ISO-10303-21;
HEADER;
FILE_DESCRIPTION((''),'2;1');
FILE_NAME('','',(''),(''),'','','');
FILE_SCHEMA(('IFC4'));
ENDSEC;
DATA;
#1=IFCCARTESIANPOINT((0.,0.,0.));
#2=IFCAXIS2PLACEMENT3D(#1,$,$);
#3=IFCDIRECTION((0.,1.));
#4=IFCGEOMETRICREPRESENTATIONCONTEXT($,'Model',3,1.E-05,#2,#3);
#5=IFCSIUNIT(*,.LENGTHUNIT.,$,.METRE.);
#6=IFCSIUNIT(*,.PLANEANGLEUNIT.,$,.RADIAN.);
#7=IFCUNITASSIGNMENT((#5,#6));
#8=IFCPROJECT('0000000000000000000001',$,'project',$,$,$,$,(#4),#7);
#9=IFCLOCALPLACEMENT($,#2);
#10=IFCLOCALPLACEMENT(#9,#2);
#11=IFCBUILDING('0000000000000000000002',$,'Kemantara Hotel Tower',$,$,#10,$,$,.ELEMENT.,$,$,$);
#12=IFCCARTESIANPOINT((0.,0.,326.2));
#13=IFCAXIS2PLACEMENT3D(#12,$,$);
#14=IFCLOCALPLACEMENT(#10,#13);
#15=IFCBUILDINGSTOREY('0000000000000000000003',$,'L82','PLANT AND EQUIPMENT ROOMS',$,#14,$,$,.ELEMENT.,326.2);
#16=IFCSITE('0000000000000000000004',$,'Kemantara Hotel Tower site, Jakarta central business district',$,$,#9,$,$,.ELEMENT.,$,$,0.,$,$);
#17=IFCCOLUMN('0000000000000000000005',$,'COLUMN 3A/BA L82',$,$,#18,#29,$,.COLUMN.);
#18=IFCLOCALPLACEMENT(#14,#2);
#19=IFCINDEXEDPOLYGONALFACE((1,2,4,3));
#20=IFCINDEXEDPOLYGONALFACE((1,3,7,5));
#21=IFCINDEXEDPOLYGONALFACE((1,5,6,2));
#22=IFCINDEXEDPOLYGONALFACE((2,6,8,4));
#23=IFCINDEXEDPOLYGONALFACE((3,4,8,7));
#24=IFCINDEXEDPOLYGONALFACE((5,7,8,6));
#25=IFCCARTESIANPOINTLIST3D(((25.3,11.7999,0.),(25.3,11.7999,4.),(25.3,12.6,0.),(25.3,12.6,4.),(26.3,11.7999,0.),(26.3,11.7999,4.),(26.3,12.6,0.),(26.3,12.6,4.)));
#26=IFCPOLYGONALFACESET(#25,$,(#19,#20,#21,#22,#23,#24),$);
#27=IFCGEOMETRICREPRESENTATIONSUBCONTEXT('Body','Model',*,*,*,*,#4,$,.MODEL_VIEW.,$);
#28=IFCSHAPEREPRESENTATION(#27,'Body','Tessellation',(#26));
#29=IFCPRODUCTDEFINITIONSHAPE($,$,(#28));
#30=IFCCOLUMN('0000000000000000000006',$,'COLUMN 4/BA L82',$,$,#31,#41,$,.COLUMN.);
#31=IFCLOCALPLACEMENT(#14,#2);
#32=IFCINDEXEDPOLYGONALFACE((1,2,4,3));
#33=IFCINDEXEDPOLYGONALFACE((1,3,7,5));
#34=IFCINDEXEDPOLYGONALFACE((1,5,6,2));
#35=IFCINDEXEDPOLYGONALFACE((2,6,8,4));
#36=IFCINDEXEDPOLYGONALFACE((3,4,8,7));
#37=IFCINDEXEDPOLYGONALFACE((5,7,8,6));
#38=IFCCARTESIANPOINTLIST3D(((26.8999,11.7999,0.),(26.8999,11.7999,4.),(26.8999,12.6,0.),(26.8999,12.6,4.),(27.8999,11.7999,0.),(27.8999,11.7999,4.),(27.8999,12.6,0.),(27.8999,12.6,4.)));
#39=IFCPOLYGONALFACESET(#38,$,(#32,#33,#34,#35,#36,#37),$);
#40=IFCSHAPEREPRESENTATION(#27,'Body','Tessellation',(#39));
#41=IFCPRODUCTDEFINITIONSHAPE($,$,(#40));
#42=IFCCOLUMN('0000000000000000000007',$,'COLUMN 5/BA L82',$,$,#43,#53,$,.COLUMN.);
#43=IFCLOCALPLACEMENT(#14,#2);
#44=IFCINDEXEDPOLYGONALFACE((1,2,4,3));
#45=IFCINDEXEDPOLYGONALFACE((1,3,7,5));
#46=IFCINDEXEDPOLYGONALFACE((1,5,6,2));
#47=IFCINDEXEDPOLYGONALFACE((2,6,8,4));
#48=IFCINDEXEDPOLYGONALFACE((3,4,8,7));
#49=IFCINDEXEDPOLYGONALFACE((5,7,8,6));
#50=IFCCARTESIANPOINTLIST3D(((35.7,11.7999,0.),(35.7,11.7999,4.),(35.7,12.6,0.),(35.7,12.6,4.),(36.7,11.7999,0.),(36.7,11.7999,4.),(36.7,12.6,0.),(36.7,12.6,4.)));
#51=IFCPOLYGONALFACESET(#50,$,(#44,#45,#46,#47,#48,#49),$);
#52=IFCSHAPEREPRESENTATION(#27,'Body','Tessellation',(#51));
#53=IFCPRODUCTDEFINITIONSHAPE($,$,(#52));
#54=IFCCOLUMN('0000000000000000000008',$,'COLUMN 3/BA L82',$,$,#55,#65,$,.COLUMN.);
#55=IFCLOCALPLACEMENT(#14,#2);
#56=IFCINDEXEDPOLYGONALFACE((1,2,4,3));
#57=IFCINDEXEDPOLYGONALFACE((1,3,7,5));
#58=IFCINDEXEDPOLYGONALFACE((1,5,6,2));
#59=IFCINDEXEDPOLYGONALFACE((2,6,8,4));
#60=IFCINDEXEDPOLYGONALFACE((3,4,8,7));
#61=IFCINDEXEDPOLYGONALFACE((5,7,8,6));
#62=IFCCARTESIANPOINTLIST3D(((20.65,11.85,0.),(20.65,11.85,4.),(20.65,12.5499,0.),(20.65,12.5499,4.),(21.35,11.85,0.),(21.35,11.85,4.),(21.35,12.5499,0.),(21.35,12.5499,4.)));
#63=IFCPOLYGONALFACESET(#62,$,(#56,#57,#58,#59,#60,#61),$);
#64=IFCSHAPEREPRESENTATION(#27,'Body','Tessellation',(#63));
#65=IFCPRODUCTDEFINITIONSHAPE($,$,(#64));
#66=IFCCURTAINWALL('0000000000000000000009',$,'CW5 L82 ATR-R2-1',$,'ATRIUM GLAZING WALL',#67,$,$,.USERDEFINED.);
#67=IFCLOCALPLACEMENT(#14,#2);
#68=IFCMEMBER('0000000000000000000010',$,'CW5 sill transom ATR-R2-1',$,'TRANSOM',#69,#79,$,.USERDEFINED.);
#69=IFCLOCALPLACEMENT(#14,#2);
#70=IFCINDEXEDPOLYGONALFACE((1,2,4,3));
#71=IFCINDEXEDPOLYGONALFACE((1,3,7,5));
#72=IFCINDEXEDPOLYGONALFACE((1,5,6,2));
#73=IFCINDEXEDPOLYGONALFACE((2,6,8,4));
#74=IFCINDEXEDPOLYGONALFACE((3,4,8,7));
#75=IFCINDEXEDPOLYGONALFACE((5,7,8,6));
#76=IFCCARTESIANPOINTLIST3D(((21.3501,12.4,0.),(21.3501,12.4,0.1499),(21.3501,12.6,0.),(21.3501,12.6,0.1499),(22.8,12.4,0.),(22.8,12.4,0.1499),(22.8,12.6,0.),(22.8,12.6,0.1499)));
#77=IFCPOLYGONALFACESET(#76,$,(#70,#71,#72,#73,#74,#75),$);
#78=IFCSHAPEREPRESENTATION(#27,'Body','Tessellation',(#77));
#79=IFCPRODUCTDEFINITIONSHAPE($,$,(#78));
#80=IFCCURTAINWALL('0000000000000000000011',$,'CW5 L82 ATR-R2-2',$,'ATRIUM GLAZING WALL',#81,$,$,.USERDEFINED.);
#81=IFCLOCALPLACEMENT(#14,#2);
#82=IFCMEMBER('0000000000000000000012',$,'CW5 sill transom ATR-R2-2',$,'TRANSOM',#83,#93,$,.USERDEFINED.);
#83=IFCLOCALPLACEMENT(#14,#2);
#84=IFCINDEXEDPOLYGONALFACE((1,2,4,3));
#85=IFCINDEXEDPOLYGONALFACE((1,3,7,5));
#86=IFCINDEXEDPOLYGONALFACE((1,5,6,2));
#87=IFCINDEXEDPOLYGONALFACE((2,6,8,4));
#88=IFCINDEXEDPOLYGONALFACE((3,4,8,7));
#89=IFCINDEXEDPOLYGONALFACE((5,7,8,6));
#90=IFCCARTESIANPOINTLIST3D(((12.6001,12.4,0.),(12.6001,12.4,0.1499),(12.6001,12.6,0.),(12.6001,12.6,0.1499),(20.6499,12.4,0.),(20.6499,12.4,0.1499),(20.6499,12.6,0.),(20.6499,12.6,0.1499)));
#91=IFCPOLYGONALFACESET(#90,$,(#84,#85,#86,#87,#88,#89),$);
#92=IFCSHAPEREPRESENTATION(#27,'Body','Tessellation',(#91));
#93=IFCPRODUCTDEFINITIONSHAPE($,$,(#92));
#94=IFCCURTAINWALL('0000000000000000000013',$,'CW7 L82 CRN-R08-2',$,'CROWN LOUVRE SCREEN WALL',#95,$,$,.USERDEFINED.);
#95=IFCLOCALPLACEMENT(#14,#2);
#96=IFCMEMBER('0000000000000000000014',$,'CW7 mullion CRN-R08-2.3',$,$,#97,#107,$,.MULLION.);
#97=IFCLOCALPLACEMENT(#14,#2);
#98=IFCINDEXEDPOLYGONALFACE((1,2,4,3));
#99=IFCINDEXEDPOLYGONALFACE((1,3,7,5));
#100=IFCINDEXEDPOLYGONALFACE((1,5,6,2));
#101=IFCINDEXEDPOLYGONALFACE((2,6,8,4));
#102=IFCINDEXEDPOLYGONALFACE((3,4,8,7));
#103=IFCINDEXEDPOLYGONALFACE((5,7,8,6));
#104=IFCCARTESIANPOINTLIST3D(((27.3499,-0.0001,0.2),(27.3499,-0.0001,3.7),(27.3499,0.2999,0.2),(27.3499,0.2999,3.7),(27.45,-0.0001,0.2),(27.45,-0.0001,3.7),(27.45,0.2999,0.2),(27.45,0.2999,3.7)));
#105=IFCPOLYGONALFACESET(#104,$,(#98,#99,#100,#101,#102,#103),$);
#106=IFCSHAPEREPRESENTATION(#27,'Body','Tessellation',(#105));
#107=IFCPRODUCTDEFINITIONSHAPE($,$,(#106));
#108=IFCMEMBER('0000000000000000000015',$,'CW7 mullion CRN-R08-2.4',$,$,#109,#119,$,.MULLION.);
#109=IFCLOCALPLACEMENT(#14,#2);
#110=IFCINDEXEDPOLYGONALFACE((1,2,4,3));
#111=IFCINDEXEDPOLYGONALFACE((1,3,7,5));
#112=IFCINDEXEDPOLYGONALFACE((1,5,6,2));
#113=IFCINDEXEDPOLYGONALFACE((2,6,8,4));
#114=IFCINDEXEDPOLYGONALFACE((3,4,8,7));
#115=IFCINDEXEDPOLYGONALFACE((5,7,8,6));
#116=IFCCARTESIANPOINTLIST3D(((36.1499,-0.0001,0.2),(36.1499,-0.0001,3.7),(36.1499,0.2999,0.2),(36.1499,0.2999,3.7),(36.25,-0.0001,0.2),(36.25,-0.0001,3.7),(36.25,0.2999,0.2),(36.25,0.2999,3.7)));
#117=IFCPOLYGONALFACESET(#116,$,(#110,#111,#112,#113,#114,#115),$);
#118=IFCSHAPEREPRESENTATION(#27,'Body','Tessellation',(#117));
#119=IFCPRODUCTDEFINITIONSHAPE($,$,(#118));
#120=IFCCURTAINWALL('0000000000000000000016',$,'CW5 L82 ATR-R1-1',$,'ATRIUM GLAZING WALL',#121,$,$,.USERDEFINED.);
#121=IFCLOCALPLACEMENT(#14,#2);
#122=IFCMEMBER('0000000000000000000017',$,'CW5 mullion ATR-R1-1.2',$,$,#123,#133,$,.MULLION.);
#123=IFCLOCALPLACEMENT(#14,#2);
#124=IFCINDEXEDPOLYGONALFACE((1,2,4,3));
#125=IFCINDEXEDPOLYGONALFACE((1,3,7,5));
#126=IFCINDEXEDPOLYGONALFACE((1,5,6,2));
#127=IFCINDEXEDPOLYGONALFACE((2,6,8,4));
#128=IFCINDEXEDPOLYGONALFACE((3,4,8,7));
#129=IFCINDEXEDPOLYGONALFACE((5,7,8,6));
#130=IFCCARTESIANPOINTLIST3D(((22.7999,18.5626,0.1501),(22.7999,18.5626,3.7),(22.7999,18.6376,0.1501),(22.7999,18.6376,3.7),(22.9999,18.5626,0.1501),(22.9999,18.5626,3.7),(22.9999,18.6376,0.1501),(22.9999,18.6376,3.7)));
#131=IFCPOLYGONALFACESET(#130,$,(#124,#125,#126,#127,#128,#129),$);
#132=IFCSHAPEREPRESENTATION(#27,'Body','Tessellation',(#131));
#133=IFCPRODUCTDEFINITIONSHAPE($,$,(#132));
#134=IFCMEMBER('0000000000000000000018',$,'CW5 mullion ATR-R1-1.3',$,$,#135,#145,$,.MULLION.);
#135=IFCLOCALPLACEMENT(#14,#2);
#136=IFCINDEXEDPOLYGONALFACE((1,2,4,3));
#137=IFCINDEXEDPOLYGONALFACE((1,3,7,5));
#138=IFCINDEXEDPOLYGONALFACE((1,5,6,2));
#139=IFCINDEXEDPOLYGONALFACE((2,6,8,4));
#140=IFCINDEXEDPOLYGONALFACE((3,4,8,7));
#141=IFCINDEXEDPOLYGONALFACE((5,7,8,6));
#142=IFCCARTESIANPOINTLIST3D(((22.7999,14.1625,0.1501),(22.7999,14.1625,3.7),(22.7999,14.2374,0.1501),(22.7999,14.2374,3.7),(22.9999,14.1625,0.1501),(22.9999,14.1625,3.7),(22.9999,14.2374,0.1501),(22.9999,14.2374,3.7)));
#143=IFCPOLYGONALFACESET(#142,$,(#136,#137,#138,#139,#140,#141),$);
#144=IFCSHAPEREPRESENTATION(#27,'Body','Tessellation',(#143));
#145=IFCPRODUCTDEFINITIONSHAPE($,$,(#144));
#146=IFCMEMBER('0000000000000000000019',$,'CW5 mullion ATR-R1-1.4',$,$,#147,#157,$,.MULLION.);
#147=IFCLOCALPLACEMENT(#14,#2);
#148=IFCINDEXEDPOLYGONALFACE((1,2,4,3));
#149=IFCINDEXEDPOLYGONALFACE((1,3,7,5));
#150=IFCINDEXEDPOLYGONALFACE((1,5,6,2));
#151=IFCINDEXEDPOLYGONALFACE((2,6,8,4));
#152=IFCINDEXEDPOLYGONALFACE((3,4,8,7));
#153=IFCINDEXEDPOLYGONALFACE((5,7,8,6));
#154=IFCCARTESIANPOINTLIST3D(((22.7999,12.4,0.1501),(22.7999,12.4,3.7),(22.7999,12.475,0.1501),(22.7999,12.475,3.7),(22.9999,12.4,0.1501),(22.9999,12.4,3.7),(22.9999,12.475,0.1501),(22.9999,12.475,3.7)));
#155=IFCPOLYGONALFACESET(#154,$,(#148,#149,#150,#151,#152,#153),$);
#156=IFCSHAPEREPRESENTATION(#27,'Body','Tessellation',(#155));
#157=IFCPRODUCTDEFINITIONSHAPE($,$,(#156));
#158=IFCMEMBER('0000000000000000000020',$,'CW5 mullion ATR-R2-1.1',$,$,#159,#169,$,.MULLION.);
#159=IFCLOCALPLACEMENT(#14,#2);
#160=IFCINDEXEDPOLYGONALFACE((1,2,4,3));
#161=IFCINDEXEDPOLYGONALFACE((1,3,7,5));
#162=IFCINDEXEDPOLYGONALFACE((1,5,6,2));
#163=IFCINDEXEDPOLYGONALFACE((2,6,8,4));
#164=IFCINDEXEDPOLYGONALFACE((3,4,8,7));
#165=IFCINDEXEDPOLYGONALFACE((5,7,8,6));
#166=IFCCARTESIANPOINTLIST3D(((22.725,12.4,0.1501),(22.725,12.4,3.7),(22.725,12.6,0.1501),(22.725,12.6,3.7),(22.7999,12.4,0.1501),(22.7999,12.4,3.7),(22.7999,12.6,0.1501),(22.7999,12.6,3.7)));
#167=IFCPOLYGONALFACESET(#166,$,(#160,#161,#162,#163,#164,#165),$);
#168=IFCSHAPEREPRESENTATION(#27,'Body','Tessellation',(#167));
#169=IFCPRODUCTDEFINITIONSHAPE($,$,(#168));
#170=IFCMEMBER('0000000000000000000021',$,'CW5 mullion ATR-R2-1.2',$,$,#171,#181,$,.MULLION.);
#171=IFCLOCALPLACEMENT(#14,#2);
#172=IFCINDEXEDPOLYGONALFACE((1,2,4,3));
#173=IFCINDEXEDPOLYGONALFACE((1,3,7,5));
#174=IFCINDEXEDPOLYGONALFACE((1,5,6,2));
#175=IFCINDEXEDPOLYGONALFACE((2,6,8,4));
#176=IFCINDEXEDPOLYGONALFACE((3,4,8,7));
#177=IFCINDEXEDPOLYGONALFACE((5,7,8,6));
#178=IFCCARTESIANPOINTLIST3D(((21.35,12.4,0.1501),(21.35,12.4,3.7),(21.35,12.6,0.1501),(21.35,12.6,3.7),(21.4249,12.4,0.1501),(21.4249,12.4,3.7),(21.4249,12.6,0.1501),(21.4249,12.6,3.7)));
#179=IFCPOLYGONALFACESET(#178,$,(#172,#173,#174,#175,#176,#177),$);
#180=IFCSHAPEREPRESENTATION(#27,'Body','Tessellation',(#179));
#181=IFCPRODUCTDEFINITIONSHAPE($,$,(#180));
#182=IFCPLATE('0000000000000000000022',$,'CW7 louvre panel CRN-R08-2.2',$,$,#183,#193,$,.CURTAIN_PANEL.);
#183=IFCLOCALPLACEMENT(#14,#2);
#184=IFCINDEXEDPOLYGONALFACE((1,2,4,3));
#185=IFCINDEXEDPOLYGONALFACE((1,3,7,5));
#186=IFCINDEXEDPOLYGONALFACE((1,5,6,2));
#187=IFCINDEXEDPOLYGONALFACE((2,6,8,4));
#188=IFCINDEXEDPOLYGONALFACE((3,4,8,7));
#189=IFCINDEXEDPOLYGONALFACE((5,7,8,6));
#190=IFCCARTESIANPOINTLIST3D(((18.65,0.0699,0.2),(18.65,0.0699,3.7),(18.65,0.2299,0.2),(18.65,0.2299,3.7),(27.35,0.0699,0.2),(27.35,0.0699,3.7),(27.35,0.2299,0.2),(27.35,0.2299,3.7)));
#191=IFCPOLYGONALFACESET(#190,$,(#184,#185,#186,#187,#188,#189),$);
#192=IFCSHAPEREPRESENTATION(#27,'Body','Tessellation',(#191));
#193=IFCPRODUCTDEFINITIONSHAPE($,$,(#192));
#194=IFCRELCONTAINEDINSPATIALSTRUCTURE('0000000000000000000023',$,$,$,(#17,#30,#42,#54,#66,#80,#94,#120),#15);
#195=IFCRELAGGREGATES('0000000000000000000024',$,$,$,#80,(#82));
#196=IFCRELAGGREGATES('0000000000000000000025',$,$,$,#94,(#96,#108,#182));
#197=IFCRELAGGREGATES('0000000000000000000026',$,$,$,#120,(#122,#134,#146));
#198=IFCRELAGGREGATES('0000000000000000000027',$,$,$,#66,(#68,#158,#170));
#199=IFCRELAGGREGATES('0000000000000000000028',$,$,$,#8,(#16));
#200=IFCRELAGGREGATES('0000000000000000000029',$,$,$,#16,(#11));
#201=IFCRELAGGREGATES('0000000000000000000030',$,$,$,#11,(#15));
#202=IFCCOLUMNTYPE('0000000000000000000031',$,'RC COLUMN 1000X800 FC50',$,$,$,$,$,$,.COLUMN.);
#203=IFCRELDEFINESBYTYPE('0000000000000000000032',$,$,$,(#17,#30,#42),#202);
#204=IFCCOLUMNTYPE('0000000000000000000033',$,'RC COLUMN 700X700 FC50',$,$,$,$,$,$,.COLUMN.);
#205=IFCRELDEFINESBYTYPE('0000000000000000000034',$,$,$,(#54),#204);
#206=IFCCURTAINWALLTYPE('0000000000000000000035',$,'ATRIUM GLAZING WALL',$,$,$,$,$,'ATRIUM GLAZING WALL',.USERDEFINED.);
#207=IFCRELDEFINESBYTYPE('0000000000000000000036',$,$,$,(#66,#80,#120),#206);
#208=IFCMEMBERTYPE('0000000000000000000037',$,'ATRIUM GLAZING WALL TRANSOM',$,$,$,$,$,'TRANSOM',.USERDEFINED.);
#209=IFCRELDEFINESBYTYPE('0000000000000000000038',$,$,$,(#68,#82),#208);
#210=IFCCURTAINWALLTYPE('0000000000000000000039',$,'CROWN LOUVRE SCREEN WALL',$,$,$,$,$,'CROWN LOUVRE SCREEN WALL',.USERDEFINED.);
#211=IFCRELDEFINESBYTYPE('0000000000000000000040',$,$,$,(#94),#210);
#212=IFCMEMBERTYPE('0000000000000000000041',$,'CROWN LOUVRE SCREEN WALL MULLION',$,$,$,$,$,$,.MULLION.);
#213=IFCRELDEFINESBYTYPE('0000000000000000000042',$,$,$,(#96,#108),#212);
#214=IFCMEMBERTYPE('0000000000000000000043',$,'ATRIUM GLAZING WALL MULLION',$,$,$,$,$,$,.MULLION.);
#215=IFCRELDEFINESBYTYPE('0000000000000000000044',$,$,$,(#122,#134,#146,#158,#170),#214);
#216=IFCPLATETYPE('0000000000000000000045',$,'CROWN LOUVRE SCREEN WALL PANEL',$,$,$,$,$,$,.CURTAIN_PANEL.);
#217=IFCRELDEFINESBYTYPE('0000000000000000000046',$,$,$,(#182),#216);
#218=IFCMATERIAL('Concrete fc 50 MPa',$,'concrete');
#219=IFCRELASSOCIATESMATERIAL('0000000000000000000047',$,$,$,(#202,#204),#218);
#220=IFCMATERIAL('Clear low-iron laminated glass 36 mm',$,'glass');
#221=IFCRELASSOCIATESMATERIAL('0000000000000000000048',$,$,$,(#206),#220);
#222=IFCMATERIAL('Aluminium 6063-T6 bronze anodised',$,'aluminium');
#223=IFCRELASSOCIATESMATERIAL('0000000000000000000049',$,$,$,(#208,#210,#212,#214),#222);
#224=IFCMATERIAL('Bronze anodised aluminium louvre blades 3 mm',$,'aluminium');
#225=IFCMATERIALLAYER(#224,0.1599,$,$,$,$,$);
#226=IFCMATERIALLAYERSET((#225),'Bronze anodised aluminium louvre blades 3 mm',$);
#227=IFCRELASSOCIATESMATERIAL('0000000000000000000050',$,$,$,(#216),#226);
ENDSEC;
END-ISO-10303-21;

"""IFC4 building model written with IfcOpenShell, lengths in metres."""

from ifc_helpers import new_model, si_unit, direction, frame, origin, origin_2d, place, context, subcontext, project, spatial, rectangle, extrude, source, transform, mapped, material, layer, layer_set, material_profile, profile_set, type_object, element, aggregate, save


model = new_model("IFC4")

# Units and contexts
model_context = context("Model", 3, precision=1e-05, world=origin(), true_north=direction((0.0, 1.0)))
body_context = subcontext(model_context, "Body", "Model", "MODEL_VIEW")
ifc_project = project(units=[si_unit("LENGTHUNIT", "METRE"), si_unit("PLANEANGLEUNIT", "RADIAN")], contexts=[model_context])

# Site, building, storey
site_placement = place(None, origin())
site = spatial("IfcSite", under=ifc_project, at=site_placement, Name="Kemantara Hotel Tower site, Jakarta central business district", CompositionType="ELEMENT", RefElevation=0.0)
building_placement = place(site_placement, origin())
building = spatial("IfcBuilding", under=site, at=building_placement, Name="Kemantara Hotel Tower", CompositionType="ELEMENT")
storey_placement = place(building_placement, frame((0.0, 0.0, 326.2)))
storey = spatial("IfcBuildingStorey", under=building, at=storey_placement, Name="L82", Description="PLANT AND EQUIPMENT ROOMS", CompositionType="ELEMENT", Elevation=326.2)

# Columns
ifc_material_1 = material(Name="Concrete fc 50 MPa", Category="concrete")
ifc_material_profile_1 = material_profile(ifc_material_1, rectangle(XDim=1.0, YDim=0.8, at=origin_2d()), Name="RC 1000X800")
ifc_profile_set_1 = profile_set([ifc_material_profile_1], Name="Concrete fc 50 MPa")
column_type_1 = type_object("IfcColumnType", Name="RC COLUMN 1000X800 FC50", PredefinedType="COLUMN", material=ifc_profile_set_1)
for number, where, z_axis, x_axis, name in (
    (1, (25.8, 12.2, 0.0), (0.0, 0.0, 1.0), (1.0, 0.0, 0.0), "COLUMN 3A/BA L82"),
    (2, (27.3999, 12.2, 0.0), (0.0, 0.0, 1.0), (1.0, 0.0, 0.0), "COLUMN 4/BA L82"),
    (3, (36.2, 12.2, 0.0), (0.0, 0.0, 1.0), (1.0, 0.0, 0.0), "COLUMN 5/BA L82"),
):
    element("IfcColumn", number, at=place(storey_placement, frame(where, z_axis=z_axis, x_axis=x_axis)), inside=storey, type_object=column_type_1, Name=name, PredefinedType="COLUMN", context=body_context, shape_type="SweptSolid", body=[
        extrude(rectangle(XDim=1.0, YDim=0.8, at=origin_2d()), origin(), (0.0, 0.0, 1.0), 4.0),
    ])
ifc_material_profile_2 = material_profile(ifc_material_1, rectangle(XDim=0.7, YDim=0.7, at=origin_2d()), Name="RC 700X700")
ifc_profile_set_2 = profile_set([ifc_material_profile_2], Name="Concrete fc 50 MPa")
column_type_2 = type_object("IfcColumnType", Name="RC COLUMN 700X700 FC50", PredefinedType="COLUMN", material=ifc_profile_set_2)
column_placement = place(storey_placement, frame((21.0, 12.2, 0.0), z_axis=(0.0, 0.0, 1.0), x_axis=(1.0, 0.0, 0.0)))
element("IfcColumn", 4, at=column_placement, inside=storey, type_object=column_type_2, Name="COLUMN 3/BA L82", PredefinedType="COLUMN", context=body_context, shape_type="SweptSolid", body=[
    extrude(rectangle(XDim=0.7, YDim=0.7, at=origin_2d()), origin(), (0.0, 0.0, 1.0), 4.0),
])

# Curtain walls, members
ifc_material_2 = material(Name="Clear low-iron laminated glass 36 mm", Category="glass")
curtain_wall_type_1 = type_object("IfcCurtainWallType", Name="ATRIUM GLAZING WALL", ElementType="ATRIUM GLAZING WALL", PredefinedType="USERDEFINED", material=ifc_material_2)
curtain_wall_1_placement = place(storey_placement, origin())
curtain_wall_1 = element("IfcCurtainWall", 5, at=curtain_wall_1_placement, inside=storey, type_object=curtain_wall_type_1, Name="CW5 L82 ATR-R2-1", ObjectType="ATRIUM GLAZING WALL", PredefinedType="USERDEFINED")
ifc_material_3 = material(Name="Aluminium 6063-T6 bronze anodised", Category="aluminium")
ifc_material_profile_3 = material_profile(ifc_material_3, rectangle(XDim=0.2, YDim=0.1499, at=origin_2d()), Name="ATRIUM GLAZING WALL TRANSOM")
ifc_profile_set_3 = profile_set([ifc_material_profile_3], Name="Aluminium 6063-T6 bronze anodised")
member_type_1 = type_object("IfcMemberType", Name="ATRIUM GLAZING WALL TRANSOM", ElementType="TRANSOM", PredefinedType="USERDEFINED", material=ifc_profile_set_3)
member_1_placement = place(storey_placement, frame((22.8, 12.5, 0.075), z_axis=(-1.0, 0.0, 0.0), x_axis=(0.0, -1.0, 0.0)))
member_1 = element("IfcMember", 6, at=member_1_placement, type_object=member_type_1, Name="CW5 sill transom ATR-R2-1", ObjectType="TRANSOM", PredefinedType="USERDEFINED", context=body_context, shape_type="SweptSolid", body=[
    extrude(rectangle(XDim=0.2, YDim=0.1499, at=origin_2d()), origin(), (0.0, 0.0, 1.0), 1.45),
])
curtain_wall_2_placement = place(storey_placement, origin())
curtain_wall_2 = element("IfcCurtainWall", 7, at=curtain_wall_2_placement, inside=storey, type_object=curtain_wall_type_1, Name="CW5 L82 ATR-R2-2", ObjectType="ATRIUM GLAZING WALL", PredefinedType="USERDEFINED")
member_2_placement = place(storey_placement, frame((20.6499, 12.5, 0.075), z_axis=(-1.0, 0.0, 0.0), x_axis=(0.0, -1.0, 0.0)))
member_2 = element("IfcMember", 8, at=member_2_placement, type_object=member_type_1, Name="CW5 sill transom ATR-R2-2", ObjectType="TRANSOM", PredefinedType="USERDEFINED", context=body_context, shape_type="SweptSolid", body=[
    extrude(rectangle(XDim=0.2, YDim=0.1499, at=origin_2d()), origin(), (0.0, 0.0, 1.0), 8.0498),
])
aggregate(curtain_wall_2, [member_2])

# Curtain walls, members
curtain_wall_type_2 = type_object("IfcCurtainWallType", Name="CROWN LOUVRE SCREEN WALL", ElementType="CROWN LOUVRE SCREEN WALL", PredefinedType="USERDEFINED", material=ifc_material_3)
curtain_wall_3_placement = place(storey_placement, origin())
curtain_wall_3 = element("IfcCurtainWall", 9, at=curtain_wall_3_placement, inside=storey, type_object=curtain_wall_type_2, Name="CW7 L82 CRN-R08-2", ObjectType="CROWN LOUVRE SCREEN WALL", PredefinedType="USERDEFINED")
ifc_material_profile_4 = material_profile(ifc_material_3, rectangle(XDim=0.3, YDim=0.1001, at=origin_2d()), Name="CROWN LOUVRE SCREEN WALL MULLION")
ifc_profile_set_4 = profile_set([ifc_material_profile_4], Name="Aluminium 6063-T6 bronze anodised")
member_type_2 = type_object("IfcMemberType", Name="CROWN LOUVRE SCREEN WALL MULLION", PredefinedType="MULLION", material=ifc_profile_set_4)
shared_shape_1 = source(origin(), body_context, "Body", "SweptSolid", [
    extrude(rectangle(XDim=0.3, YDim=0.1001, at=origin_2d()), origin(), (0.0, 0.0, 1.0), 3.5),
])
member_3_placement = place(storey_placement, frame((27.3999, 0.1499, 0.2), z_axis=(0.0, 0.0, 1.0), x_axis=(0.0, 1.0, 0.0)))
member_3 = element("IfcMember", 10, at=member_3_placement, type_object=member_type_2, Name="CW7 mullion CRN-R08-2.3", PredefinedType="MULLION", context=body_context, shape_type="MappedRepresentation", body=[
    mapped(shared_shape_1, transform((0.0, 0.0, 0.0))),
])
member_4_placement = place(storey_placement, frame((36.2, 0.1499, 0.2), z_axis=(0.0, 0.0, 1.0), x_axis=(0.0, 1.0, 0.0)))
member_4 = element("IfcMember", 11, at=member_4_placement, type_object=member_type_2, Name="CW7 mullion CRN-R08-2.4", PredefinedType="MULLION", context=body_context, shape_type="MappedRepresentation", body=[
    mapped(shared_shape_1, transform((0.0, 0.0, 0.0))),
])
curtain_wall_4_placement = place(storey_placement, origin())
curtain_wall_4 = element("IfcCurtainWall", 12, at=curtain_wall_4_placement, inside=storey, type_object=curtain_wall_type_1, Name="CW5 L82 ATR-R1-1", ObjectType="ATRIUM GLAZING WALL", PredefinedType="USERDEFINED")
ifc_material_profile_5 = material_profile(ifc_material_3, rectangle(XDim=0.2, YDim=0.075, at=origin_2d()), Name="ATRIUM GLAZING WALL MULLION")
ifc_profile_set_5 = profile_set([ifc_material_profile_5], Name="Aluminium 6063-T6 bronze anodised")
member_type_3 = type_object("IfcMemberType", Name="ATRIUM GLAZING WALL MULLION", PredefinedType="MULLION", material=ifc_profile_set_5)
shared_shape_2 = source(origin(), body_context, "Body", "SweptSolid", [
    extrude(rectangle(XDim=0.2, YDim=0.075, at=origin_2d()), origin(), (0.0, 0.0, 1.0), 3.5498),
])
member_5_placement = place(storey_placement, frame((22.8999, 18.6001, 0.1501), z_axis=(0.0, 0.0, 1.0), x_axis=(1.0, 0.0, 0.0)))
member_5 = element("IfcMember", 13, at=member_5_placement, type_object=member_type_3, Name="CW5 mullion ATR-R1-1.2", PredefinedType="MULLION", context=body_context, shape_type="MappedRepresentation", body=[
    mapped(shared_shape_2, transform((0.0, 0.0, 0.0))),
])
member_6_placement = place(storey_placement, frame((22.8999, 14.2, 0.1501), z_axis=(0.0, 0.0, 1.0), x_axis=(1.0, 0.0, 0.0)))
member_6 = element("IfcMember", 14, at=member_6_placement, type_object=member_type_3, Name="CW5 mullion ATR-R1-1.3", PredefinedType="MULLION", context=body_context, shape_type="MappedRepresentation", body=[
    mapped(shared_shape_2, transform((0.0, 0.0, 0.0))),
])
member_7_placement = place(storey_placement, frame((22.8999, 12.4375, 0.1501), z_axis=(0.0, 0.0, 1.0), x_axis=(1.0, 0.0, 0.0)))
member_7 = element("IfcMember", 15, at=member_7_placement, type_object=member_type_3, Name="CW5 mullion ATR-R1-1.4", PredefinedType="MULLION", context=body_context, shape_type="MappedRepresentation", body=[
    mapped(shared_shape_2, transform((0.0, 0.0, 0.0))),
])

# Members
member_8_placement = place(storey_placement, frame((22.7625, 12.5, 0.1501), z_axis=(0.0, 0.0, 1.0), x_axis=(0.0, -1.0, 0.0)))
member_8 = element("IfcMember", 16, at=member_8_placement, type_object=member_type_3, Name="CW5 mullion ATR-R2-1.1", PredefinedType="MULLION", context=body_context, shape_type="MappedRepresentation", body=[
    mapped(shared_shape_2, transform((0.0, 0.0, 0.0))),
])
member_9_placement = place(storey_placement, frame((21.3875, 12.5, 0.1501), z_axis=(0.0, 0.0, 1.0), x_axis=(0.0, -1.0, 0.0)))
member_9 = element("IfcMember", 17, at=member_9_placement, type_object=member_type_3, Name="CW5 mullion ATR-R2-1.2", PredefinedType="MULLION", context=body_context, shape_type="MappedRepresentation", body=[
    mapped(shared_shape_2, transform((0.0, 0.0, 0.0))),
])

# Plate
ifc_material_4 = material(Name="Bronze anodised aluminium louvre blades 3 mm", Category="aluminium")
ifc_layer_1 = layer(ifc_material_4, 0.1599)
ifc_layer_set_1 = layer_set([ifc_layer_1], Name="Bronze anodised aluminium louvre blades 3 mm")
plate_type_1 = type_object("IfcPlateType", Name="CROWN LOUVRE SCREEN WALL PANEL", PredefinedType="CURTAIN_PANEL", material=ifc_layer_set_1)
shared_shape_3 = source(origin(), body_context, "Body", "SweptSolid", [
    extrude(rectangle(XDim=8.7, YDim=0.1599, at=origin_2d()), origin(), (0.0, 0.0, 1.0), 3.5),
])
plate_1_placement = place(storey_placement, frame((23.0, 0.1499, 0.2), z_axis=(0.0, 0.0, 1.0), x_axis=(1.0, 0.0, 0.0)))
plate_1 = element("IfcPlate", 18, at=plate_1_placement, type_object=plate_type_1, Name="CW7 louvre panel CRN-R08-2.2", PredefinedType="CURTAIN_PANEL", context=body_context, shape_type="MappedRepresentation", body=[
    mapped(shared_shape_3, transform((0.0, 0.0, 0.0))),
])
aggregate(curtain_wall_3, [member_3, member_4, plate_1])
aggregate(curtain_wall_4, [member_5, member_6, member_7])
aggregate(curtain_wall_1, [member_1, member_8, member_9])

save(model, "model.ifc")
